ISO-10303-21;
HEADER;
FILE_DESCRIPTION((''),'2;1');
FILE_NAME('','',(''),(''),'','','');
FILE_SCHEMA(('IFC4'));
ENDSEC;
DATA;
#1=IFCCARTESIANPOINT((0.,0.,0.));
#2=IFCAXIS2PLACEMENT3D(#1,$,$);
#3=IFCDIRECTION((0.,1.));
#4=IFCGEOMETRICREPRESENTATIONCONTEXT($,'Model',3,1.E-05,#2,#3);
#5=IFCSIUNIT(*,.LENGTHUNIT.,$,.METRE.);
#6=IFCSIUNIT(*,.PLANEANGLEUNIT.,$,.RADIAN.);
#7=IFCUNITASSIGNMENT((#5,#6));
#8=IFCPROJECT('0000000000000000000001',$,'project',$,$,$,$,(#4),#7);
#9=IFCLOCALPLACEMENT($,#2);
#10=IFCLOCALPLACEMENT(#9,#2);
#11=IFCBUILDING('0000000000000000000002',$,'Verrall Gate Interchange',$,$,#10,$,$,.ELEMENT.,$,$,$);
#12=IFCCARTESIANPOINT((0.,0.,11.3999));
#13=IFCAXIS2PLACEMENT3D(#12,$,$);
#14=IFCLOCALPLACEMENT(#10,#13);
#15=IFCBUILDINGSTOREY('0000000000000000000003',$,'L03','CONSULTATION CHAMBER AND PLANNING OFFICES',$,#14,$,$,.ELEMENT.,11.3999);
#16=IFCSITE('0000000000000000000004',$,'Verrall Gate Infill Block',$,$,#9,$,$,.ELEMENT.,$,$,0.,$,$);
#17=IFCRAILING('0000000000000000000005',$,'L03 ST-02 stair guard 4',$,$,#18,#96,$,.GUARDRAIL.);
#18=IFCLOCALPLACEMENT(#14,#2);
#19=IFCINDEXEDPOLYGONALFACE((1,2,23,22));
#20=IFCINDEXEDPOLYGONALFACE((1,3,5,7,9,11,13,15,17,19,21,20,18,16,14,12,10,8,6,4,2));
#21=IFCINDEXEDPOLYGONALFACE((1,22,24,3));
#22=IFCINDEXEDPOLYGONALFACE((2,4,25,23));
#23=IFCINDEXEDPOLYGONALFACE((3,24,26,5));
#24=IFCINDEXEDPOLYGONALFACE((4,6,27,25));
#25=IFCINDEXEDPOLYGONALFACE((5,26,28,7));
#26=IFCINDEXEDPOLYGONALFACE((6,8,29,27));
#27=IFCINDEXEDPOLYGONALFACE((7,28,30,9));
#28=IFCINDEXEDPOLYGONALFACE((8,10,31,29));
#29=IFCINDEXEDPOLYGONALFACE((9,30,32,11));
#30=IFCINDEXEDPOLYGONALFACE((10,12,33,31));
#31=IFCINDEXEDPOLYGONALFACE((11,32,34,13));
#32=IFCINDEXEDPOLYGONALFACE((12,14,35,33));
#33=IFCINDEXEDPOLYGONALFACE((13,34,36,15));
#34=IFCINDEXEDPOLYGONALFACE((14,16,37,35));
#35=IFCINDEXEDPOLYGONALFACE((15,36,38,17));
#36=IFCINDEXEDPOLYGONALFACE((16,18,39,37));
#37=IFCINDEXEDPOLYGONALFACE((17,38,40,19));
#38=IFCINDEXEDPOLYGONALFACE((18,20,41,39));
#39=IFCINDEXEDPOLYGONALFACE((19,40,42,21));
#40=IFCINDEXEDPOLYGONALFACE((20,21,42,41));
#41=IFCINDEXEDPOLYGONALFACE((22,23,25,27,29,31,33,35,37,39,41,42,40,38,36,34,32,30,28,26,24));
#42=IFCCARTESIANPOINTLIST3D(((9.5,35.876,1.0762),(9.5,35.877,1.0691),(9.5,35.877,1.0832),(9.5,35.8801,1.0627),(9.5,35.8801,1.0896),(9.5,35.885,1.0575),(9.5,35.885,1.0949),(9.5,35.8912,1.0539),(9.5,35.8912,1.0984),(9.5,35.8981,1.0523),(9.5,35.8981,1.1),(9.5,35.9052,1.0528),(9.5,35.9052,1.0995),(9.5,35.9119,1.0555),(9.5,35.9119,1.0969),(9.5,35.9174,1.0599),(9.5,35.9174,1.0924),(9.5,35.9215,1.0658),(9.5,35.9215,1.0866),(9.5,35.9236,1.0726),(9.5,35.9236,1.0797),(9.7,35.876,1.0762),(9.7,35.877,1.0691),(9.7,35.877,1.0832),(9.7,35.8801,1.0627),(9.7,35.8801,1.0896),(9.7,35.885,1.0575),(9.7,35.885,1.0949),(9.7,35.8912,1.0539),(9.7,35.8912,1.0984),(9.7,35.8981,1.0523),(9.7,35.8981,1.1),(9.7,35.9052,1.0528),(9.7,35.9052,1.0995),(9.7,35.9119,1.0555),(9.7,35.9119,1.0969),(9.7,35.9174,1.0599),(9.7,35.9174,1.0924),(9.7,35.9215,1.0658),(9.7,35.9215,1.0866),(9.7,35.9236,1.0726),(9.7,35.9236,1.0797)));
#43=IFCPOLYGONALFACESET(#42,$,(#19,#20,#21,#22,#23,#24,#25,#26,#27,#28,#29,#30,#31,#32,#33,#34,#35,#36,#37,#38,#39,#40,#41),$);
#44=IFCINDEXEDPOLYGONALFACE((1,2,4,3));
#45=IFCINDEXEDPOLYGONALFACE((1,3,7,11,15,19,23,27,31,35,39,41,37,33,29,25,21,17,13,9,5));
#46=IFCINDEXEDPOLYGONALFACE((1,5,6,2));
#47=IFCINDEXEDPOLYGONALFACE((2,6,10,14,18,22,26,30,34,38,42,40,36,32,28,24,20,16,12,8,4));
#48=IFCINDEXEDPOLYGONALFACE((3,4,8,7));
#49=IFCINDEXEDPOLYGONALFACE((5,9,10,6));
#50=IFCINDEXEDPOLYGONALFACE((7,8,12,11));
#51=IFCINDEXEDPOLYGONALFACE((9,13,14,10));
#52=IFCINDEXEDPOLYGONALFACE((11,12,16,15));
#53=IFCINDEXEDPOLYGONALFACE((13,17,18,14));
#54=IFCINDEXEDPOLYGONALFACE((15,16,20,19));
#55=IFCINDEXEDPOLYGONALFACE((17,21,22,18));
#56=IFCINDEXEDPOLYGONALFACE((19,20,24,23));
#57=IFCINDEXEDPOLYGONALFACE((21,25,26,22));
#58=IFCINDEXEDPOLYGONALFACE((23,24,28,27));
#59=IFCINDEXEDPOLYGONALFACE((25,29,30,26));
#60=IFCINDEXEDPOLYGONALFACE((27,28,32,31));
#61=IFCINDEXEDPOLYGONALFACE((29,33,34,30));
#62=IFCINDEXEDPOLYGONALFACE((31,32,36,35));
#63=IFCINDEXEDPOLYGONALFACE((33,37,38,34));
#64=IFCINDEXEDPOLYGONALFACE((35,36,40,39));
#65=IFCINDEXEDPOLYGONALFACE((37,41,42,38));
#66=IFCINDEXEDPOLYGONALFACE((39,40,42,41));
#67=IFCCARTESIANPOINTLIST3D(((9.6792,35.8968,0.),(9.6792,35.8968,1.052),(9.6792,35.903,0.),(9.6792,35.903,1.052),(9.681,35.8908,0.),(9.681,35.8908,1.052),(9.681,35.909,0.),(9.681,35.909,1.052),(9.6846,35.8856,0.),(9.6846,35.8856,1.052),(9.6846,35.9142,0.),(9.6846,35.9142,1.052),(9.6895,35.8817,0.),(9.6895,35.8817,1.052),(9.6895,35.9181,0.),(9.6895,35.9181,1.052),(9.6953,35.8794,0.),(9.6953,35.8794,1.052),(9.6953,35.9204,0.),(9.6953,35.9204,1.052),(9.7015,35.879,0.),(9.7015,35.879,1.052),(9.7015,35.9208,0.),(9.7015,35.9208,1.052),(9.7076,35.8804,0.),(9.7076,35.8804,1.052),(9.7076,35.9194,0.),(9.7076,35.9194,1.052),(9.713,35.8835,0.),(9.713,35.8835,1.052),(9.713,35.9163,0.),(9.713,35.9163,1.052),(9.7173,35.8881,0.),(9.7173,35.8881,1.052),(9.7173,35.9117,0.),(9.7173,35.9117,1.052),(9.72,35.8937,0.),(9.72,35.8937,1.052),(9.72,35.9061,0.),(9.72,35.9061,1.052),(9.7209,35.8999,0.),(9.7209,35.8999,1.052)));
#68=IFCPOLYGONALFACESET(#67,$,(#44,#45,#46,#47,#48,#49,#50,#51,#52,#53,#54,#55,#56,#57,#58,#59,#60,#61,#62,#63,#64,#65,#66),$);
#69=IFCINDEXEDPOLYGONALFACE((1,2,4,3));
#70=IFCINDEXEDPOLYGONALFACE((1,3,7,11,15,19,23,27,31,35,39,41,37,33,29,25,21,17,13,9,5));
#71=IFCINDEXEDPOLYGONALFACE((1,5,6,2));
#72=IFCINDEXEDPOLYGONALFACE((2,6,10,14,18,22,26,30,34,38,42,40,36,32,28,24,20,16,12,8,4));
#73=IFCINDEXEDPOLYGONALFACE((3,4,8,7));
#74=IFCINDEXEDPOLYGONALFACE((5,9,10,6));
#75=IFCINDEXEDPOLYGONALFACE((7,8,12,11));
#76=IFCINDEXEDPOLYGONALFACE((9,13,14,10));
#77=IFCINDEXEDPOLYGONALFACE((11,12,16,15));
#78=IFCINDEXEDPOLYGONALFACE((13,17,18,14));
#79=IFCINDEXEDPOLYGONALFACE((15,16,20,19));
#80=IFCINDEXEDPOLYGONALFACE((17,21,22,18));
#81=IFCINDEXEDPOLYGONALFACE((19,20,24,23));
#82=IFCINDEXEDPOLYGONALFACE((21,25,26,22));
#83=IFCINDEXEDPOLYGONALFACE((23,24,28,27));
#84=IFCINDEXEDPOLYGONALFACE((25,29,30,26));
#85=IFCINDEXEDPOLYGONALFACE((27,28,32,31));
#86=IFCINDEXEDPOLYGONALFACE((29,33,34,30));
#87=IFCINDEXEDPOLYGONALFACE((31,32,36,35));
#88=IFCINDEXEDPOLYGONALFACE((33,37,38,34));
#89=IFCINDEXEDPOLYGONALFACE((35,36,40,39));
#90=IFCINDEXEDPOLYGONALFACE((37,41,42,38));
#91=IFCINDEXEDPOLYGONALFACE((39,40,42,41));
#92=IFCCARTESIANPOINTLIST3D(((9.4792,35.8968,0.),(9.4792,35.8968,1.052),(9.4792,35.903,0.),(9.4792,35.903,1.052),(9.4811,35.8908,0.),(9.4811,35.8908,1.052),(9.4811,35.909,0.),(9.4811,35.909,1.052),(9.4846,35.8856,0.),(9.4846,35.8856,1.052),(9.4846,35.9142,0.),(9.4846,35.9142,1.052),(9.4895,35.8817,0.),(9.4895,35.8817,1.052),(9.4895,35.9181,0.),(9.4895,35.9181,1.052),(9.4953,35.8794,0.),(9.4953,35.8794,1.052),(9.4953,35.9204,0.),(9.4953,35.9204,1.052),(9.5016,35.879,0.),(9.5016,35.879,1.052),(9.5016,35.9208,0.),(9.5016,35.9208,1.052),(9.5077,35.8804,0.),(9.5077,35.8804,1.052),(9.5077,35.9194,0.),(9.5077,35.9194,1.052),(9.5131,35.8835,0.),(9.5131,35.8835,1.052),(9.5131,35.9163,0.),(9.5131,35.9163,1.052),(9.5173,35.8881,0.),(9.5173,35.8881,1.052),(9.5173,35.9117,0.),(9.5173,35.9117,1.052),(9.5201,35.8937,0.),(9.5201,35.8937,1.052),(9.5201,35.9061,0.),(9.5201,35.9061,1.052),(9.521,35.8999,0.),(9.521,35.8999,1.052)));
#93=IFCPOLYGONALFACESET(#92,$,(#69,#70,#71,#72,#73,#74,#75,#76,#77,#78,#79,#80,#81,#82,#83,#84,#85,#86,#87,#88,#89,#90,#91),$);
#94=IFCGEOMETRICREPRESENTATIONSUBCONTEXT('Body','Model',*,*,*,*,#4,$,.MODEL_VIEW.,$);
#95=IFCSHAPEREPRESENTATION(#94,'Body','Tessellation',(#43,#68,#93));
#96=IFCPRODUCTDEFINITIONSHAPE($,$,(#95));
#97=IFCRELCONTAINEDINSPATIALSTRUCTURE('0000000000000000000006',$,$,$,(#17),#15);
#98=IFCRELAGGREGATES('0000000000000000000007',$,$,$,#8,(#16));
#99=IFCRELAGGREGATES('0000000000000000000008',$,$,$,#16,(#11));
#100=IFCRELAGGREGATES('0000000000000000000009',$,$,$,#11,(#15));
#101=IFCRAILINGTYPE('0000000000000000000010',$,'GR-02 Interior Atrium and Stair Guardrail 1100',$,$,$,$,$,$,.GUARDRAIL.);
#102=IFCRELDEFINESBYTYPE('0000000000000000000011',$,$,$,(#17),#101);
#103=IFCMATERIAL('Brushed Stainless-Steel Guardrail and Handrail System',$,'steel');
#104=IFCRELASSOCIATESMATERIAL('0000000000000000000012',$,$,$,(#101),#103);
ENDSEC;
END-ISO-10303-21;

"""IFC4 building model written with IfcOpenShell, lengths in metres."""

from ifc_helpers import new_model, si_unit, direction, frame, origin, origin_2d, place, context, subcontext, project, spatial, circle, extrude, material, type_object, element, save


model = new_model("IFC4")

# Units and contexts
model_context = context("Model", 3, precision=1e-05, world=origin(), true_north=direction((0.0, 1.0)))
body_context = subcontext(model_context, "Body", "Model", "MODEL_VIEW")
ifc_project = project(units=[si_unit("LENGTHUNIT", "METRE"), si_unit("PLANEANGLEUNIT", "RADIAN")], contexts=[model_context])

# Site, building, storey
site_placement = place(None, origin())
site = spatial("IfcSite", under=ifc_project, at=site_placement, Name="Verrall Gate Infill Block", CompositionType="ELEMENT", RefElevation=0.0)
building_placement = place(site_placement, origin())
building = spatial("IfcBuilding", under=site, at=building_placement, Name="Verrall Gate Interchange", CompositionType="ELEMENT")
storey_placement = place(building_placement, frame((0.0, 0.0, 11.3999)))
storey = spatial("IfcBuildingStorey", under=building, at=storey_placement, Name="L03", Description="CONSULTATION CHAMBER AND PLANNING OFFICES", CompositionType="ELEMENT", Elevation=11.3999)

# Railing
ifc_material_1 = material(Name="Brushed Stainless-Steel Guardrail and Handrail System", Category="steel")
railing_type_1 = type_object("IfcRailingType", Name="GR-02 Interior Atrium and Stair Guardrail 1100", PredefinedType="GUARDRAIL", material=ifc_material_1)
railing_1_placement = place(storey_placement, frame((9.7, 35.8999, 0.0)))
element("IfcRailing", 1, at=railing_1_placement, inside=storey, type_object=railing_type_1, Name="L03 ST-02 stair guard 4", PredefinedType="GUARDRAIL", context=body_context, shape_type="SweptSolid", body=[
    extrude(circle(Radius=0.0239, at=origin_2d()), frame((0.0, 0.0, 1.0762), z_axis=(-1.0, 0.0, 0.0), x_axis=(0.0, -1.0, 0.0)), (0.0, 0.0, 1.0), 0.2),
    extrude(circle(Radius=0.021, at=origin_2d()), origin(), (0.0, 0.0, 1.0), 1.052),
    extrude(circle(Radius=0.021, at=origin_2d()), frame((-0.2, 0.0, 0.0)), (0.0, 0.0, 1.0), 1.052),
])

save(model, "model.ifc")
